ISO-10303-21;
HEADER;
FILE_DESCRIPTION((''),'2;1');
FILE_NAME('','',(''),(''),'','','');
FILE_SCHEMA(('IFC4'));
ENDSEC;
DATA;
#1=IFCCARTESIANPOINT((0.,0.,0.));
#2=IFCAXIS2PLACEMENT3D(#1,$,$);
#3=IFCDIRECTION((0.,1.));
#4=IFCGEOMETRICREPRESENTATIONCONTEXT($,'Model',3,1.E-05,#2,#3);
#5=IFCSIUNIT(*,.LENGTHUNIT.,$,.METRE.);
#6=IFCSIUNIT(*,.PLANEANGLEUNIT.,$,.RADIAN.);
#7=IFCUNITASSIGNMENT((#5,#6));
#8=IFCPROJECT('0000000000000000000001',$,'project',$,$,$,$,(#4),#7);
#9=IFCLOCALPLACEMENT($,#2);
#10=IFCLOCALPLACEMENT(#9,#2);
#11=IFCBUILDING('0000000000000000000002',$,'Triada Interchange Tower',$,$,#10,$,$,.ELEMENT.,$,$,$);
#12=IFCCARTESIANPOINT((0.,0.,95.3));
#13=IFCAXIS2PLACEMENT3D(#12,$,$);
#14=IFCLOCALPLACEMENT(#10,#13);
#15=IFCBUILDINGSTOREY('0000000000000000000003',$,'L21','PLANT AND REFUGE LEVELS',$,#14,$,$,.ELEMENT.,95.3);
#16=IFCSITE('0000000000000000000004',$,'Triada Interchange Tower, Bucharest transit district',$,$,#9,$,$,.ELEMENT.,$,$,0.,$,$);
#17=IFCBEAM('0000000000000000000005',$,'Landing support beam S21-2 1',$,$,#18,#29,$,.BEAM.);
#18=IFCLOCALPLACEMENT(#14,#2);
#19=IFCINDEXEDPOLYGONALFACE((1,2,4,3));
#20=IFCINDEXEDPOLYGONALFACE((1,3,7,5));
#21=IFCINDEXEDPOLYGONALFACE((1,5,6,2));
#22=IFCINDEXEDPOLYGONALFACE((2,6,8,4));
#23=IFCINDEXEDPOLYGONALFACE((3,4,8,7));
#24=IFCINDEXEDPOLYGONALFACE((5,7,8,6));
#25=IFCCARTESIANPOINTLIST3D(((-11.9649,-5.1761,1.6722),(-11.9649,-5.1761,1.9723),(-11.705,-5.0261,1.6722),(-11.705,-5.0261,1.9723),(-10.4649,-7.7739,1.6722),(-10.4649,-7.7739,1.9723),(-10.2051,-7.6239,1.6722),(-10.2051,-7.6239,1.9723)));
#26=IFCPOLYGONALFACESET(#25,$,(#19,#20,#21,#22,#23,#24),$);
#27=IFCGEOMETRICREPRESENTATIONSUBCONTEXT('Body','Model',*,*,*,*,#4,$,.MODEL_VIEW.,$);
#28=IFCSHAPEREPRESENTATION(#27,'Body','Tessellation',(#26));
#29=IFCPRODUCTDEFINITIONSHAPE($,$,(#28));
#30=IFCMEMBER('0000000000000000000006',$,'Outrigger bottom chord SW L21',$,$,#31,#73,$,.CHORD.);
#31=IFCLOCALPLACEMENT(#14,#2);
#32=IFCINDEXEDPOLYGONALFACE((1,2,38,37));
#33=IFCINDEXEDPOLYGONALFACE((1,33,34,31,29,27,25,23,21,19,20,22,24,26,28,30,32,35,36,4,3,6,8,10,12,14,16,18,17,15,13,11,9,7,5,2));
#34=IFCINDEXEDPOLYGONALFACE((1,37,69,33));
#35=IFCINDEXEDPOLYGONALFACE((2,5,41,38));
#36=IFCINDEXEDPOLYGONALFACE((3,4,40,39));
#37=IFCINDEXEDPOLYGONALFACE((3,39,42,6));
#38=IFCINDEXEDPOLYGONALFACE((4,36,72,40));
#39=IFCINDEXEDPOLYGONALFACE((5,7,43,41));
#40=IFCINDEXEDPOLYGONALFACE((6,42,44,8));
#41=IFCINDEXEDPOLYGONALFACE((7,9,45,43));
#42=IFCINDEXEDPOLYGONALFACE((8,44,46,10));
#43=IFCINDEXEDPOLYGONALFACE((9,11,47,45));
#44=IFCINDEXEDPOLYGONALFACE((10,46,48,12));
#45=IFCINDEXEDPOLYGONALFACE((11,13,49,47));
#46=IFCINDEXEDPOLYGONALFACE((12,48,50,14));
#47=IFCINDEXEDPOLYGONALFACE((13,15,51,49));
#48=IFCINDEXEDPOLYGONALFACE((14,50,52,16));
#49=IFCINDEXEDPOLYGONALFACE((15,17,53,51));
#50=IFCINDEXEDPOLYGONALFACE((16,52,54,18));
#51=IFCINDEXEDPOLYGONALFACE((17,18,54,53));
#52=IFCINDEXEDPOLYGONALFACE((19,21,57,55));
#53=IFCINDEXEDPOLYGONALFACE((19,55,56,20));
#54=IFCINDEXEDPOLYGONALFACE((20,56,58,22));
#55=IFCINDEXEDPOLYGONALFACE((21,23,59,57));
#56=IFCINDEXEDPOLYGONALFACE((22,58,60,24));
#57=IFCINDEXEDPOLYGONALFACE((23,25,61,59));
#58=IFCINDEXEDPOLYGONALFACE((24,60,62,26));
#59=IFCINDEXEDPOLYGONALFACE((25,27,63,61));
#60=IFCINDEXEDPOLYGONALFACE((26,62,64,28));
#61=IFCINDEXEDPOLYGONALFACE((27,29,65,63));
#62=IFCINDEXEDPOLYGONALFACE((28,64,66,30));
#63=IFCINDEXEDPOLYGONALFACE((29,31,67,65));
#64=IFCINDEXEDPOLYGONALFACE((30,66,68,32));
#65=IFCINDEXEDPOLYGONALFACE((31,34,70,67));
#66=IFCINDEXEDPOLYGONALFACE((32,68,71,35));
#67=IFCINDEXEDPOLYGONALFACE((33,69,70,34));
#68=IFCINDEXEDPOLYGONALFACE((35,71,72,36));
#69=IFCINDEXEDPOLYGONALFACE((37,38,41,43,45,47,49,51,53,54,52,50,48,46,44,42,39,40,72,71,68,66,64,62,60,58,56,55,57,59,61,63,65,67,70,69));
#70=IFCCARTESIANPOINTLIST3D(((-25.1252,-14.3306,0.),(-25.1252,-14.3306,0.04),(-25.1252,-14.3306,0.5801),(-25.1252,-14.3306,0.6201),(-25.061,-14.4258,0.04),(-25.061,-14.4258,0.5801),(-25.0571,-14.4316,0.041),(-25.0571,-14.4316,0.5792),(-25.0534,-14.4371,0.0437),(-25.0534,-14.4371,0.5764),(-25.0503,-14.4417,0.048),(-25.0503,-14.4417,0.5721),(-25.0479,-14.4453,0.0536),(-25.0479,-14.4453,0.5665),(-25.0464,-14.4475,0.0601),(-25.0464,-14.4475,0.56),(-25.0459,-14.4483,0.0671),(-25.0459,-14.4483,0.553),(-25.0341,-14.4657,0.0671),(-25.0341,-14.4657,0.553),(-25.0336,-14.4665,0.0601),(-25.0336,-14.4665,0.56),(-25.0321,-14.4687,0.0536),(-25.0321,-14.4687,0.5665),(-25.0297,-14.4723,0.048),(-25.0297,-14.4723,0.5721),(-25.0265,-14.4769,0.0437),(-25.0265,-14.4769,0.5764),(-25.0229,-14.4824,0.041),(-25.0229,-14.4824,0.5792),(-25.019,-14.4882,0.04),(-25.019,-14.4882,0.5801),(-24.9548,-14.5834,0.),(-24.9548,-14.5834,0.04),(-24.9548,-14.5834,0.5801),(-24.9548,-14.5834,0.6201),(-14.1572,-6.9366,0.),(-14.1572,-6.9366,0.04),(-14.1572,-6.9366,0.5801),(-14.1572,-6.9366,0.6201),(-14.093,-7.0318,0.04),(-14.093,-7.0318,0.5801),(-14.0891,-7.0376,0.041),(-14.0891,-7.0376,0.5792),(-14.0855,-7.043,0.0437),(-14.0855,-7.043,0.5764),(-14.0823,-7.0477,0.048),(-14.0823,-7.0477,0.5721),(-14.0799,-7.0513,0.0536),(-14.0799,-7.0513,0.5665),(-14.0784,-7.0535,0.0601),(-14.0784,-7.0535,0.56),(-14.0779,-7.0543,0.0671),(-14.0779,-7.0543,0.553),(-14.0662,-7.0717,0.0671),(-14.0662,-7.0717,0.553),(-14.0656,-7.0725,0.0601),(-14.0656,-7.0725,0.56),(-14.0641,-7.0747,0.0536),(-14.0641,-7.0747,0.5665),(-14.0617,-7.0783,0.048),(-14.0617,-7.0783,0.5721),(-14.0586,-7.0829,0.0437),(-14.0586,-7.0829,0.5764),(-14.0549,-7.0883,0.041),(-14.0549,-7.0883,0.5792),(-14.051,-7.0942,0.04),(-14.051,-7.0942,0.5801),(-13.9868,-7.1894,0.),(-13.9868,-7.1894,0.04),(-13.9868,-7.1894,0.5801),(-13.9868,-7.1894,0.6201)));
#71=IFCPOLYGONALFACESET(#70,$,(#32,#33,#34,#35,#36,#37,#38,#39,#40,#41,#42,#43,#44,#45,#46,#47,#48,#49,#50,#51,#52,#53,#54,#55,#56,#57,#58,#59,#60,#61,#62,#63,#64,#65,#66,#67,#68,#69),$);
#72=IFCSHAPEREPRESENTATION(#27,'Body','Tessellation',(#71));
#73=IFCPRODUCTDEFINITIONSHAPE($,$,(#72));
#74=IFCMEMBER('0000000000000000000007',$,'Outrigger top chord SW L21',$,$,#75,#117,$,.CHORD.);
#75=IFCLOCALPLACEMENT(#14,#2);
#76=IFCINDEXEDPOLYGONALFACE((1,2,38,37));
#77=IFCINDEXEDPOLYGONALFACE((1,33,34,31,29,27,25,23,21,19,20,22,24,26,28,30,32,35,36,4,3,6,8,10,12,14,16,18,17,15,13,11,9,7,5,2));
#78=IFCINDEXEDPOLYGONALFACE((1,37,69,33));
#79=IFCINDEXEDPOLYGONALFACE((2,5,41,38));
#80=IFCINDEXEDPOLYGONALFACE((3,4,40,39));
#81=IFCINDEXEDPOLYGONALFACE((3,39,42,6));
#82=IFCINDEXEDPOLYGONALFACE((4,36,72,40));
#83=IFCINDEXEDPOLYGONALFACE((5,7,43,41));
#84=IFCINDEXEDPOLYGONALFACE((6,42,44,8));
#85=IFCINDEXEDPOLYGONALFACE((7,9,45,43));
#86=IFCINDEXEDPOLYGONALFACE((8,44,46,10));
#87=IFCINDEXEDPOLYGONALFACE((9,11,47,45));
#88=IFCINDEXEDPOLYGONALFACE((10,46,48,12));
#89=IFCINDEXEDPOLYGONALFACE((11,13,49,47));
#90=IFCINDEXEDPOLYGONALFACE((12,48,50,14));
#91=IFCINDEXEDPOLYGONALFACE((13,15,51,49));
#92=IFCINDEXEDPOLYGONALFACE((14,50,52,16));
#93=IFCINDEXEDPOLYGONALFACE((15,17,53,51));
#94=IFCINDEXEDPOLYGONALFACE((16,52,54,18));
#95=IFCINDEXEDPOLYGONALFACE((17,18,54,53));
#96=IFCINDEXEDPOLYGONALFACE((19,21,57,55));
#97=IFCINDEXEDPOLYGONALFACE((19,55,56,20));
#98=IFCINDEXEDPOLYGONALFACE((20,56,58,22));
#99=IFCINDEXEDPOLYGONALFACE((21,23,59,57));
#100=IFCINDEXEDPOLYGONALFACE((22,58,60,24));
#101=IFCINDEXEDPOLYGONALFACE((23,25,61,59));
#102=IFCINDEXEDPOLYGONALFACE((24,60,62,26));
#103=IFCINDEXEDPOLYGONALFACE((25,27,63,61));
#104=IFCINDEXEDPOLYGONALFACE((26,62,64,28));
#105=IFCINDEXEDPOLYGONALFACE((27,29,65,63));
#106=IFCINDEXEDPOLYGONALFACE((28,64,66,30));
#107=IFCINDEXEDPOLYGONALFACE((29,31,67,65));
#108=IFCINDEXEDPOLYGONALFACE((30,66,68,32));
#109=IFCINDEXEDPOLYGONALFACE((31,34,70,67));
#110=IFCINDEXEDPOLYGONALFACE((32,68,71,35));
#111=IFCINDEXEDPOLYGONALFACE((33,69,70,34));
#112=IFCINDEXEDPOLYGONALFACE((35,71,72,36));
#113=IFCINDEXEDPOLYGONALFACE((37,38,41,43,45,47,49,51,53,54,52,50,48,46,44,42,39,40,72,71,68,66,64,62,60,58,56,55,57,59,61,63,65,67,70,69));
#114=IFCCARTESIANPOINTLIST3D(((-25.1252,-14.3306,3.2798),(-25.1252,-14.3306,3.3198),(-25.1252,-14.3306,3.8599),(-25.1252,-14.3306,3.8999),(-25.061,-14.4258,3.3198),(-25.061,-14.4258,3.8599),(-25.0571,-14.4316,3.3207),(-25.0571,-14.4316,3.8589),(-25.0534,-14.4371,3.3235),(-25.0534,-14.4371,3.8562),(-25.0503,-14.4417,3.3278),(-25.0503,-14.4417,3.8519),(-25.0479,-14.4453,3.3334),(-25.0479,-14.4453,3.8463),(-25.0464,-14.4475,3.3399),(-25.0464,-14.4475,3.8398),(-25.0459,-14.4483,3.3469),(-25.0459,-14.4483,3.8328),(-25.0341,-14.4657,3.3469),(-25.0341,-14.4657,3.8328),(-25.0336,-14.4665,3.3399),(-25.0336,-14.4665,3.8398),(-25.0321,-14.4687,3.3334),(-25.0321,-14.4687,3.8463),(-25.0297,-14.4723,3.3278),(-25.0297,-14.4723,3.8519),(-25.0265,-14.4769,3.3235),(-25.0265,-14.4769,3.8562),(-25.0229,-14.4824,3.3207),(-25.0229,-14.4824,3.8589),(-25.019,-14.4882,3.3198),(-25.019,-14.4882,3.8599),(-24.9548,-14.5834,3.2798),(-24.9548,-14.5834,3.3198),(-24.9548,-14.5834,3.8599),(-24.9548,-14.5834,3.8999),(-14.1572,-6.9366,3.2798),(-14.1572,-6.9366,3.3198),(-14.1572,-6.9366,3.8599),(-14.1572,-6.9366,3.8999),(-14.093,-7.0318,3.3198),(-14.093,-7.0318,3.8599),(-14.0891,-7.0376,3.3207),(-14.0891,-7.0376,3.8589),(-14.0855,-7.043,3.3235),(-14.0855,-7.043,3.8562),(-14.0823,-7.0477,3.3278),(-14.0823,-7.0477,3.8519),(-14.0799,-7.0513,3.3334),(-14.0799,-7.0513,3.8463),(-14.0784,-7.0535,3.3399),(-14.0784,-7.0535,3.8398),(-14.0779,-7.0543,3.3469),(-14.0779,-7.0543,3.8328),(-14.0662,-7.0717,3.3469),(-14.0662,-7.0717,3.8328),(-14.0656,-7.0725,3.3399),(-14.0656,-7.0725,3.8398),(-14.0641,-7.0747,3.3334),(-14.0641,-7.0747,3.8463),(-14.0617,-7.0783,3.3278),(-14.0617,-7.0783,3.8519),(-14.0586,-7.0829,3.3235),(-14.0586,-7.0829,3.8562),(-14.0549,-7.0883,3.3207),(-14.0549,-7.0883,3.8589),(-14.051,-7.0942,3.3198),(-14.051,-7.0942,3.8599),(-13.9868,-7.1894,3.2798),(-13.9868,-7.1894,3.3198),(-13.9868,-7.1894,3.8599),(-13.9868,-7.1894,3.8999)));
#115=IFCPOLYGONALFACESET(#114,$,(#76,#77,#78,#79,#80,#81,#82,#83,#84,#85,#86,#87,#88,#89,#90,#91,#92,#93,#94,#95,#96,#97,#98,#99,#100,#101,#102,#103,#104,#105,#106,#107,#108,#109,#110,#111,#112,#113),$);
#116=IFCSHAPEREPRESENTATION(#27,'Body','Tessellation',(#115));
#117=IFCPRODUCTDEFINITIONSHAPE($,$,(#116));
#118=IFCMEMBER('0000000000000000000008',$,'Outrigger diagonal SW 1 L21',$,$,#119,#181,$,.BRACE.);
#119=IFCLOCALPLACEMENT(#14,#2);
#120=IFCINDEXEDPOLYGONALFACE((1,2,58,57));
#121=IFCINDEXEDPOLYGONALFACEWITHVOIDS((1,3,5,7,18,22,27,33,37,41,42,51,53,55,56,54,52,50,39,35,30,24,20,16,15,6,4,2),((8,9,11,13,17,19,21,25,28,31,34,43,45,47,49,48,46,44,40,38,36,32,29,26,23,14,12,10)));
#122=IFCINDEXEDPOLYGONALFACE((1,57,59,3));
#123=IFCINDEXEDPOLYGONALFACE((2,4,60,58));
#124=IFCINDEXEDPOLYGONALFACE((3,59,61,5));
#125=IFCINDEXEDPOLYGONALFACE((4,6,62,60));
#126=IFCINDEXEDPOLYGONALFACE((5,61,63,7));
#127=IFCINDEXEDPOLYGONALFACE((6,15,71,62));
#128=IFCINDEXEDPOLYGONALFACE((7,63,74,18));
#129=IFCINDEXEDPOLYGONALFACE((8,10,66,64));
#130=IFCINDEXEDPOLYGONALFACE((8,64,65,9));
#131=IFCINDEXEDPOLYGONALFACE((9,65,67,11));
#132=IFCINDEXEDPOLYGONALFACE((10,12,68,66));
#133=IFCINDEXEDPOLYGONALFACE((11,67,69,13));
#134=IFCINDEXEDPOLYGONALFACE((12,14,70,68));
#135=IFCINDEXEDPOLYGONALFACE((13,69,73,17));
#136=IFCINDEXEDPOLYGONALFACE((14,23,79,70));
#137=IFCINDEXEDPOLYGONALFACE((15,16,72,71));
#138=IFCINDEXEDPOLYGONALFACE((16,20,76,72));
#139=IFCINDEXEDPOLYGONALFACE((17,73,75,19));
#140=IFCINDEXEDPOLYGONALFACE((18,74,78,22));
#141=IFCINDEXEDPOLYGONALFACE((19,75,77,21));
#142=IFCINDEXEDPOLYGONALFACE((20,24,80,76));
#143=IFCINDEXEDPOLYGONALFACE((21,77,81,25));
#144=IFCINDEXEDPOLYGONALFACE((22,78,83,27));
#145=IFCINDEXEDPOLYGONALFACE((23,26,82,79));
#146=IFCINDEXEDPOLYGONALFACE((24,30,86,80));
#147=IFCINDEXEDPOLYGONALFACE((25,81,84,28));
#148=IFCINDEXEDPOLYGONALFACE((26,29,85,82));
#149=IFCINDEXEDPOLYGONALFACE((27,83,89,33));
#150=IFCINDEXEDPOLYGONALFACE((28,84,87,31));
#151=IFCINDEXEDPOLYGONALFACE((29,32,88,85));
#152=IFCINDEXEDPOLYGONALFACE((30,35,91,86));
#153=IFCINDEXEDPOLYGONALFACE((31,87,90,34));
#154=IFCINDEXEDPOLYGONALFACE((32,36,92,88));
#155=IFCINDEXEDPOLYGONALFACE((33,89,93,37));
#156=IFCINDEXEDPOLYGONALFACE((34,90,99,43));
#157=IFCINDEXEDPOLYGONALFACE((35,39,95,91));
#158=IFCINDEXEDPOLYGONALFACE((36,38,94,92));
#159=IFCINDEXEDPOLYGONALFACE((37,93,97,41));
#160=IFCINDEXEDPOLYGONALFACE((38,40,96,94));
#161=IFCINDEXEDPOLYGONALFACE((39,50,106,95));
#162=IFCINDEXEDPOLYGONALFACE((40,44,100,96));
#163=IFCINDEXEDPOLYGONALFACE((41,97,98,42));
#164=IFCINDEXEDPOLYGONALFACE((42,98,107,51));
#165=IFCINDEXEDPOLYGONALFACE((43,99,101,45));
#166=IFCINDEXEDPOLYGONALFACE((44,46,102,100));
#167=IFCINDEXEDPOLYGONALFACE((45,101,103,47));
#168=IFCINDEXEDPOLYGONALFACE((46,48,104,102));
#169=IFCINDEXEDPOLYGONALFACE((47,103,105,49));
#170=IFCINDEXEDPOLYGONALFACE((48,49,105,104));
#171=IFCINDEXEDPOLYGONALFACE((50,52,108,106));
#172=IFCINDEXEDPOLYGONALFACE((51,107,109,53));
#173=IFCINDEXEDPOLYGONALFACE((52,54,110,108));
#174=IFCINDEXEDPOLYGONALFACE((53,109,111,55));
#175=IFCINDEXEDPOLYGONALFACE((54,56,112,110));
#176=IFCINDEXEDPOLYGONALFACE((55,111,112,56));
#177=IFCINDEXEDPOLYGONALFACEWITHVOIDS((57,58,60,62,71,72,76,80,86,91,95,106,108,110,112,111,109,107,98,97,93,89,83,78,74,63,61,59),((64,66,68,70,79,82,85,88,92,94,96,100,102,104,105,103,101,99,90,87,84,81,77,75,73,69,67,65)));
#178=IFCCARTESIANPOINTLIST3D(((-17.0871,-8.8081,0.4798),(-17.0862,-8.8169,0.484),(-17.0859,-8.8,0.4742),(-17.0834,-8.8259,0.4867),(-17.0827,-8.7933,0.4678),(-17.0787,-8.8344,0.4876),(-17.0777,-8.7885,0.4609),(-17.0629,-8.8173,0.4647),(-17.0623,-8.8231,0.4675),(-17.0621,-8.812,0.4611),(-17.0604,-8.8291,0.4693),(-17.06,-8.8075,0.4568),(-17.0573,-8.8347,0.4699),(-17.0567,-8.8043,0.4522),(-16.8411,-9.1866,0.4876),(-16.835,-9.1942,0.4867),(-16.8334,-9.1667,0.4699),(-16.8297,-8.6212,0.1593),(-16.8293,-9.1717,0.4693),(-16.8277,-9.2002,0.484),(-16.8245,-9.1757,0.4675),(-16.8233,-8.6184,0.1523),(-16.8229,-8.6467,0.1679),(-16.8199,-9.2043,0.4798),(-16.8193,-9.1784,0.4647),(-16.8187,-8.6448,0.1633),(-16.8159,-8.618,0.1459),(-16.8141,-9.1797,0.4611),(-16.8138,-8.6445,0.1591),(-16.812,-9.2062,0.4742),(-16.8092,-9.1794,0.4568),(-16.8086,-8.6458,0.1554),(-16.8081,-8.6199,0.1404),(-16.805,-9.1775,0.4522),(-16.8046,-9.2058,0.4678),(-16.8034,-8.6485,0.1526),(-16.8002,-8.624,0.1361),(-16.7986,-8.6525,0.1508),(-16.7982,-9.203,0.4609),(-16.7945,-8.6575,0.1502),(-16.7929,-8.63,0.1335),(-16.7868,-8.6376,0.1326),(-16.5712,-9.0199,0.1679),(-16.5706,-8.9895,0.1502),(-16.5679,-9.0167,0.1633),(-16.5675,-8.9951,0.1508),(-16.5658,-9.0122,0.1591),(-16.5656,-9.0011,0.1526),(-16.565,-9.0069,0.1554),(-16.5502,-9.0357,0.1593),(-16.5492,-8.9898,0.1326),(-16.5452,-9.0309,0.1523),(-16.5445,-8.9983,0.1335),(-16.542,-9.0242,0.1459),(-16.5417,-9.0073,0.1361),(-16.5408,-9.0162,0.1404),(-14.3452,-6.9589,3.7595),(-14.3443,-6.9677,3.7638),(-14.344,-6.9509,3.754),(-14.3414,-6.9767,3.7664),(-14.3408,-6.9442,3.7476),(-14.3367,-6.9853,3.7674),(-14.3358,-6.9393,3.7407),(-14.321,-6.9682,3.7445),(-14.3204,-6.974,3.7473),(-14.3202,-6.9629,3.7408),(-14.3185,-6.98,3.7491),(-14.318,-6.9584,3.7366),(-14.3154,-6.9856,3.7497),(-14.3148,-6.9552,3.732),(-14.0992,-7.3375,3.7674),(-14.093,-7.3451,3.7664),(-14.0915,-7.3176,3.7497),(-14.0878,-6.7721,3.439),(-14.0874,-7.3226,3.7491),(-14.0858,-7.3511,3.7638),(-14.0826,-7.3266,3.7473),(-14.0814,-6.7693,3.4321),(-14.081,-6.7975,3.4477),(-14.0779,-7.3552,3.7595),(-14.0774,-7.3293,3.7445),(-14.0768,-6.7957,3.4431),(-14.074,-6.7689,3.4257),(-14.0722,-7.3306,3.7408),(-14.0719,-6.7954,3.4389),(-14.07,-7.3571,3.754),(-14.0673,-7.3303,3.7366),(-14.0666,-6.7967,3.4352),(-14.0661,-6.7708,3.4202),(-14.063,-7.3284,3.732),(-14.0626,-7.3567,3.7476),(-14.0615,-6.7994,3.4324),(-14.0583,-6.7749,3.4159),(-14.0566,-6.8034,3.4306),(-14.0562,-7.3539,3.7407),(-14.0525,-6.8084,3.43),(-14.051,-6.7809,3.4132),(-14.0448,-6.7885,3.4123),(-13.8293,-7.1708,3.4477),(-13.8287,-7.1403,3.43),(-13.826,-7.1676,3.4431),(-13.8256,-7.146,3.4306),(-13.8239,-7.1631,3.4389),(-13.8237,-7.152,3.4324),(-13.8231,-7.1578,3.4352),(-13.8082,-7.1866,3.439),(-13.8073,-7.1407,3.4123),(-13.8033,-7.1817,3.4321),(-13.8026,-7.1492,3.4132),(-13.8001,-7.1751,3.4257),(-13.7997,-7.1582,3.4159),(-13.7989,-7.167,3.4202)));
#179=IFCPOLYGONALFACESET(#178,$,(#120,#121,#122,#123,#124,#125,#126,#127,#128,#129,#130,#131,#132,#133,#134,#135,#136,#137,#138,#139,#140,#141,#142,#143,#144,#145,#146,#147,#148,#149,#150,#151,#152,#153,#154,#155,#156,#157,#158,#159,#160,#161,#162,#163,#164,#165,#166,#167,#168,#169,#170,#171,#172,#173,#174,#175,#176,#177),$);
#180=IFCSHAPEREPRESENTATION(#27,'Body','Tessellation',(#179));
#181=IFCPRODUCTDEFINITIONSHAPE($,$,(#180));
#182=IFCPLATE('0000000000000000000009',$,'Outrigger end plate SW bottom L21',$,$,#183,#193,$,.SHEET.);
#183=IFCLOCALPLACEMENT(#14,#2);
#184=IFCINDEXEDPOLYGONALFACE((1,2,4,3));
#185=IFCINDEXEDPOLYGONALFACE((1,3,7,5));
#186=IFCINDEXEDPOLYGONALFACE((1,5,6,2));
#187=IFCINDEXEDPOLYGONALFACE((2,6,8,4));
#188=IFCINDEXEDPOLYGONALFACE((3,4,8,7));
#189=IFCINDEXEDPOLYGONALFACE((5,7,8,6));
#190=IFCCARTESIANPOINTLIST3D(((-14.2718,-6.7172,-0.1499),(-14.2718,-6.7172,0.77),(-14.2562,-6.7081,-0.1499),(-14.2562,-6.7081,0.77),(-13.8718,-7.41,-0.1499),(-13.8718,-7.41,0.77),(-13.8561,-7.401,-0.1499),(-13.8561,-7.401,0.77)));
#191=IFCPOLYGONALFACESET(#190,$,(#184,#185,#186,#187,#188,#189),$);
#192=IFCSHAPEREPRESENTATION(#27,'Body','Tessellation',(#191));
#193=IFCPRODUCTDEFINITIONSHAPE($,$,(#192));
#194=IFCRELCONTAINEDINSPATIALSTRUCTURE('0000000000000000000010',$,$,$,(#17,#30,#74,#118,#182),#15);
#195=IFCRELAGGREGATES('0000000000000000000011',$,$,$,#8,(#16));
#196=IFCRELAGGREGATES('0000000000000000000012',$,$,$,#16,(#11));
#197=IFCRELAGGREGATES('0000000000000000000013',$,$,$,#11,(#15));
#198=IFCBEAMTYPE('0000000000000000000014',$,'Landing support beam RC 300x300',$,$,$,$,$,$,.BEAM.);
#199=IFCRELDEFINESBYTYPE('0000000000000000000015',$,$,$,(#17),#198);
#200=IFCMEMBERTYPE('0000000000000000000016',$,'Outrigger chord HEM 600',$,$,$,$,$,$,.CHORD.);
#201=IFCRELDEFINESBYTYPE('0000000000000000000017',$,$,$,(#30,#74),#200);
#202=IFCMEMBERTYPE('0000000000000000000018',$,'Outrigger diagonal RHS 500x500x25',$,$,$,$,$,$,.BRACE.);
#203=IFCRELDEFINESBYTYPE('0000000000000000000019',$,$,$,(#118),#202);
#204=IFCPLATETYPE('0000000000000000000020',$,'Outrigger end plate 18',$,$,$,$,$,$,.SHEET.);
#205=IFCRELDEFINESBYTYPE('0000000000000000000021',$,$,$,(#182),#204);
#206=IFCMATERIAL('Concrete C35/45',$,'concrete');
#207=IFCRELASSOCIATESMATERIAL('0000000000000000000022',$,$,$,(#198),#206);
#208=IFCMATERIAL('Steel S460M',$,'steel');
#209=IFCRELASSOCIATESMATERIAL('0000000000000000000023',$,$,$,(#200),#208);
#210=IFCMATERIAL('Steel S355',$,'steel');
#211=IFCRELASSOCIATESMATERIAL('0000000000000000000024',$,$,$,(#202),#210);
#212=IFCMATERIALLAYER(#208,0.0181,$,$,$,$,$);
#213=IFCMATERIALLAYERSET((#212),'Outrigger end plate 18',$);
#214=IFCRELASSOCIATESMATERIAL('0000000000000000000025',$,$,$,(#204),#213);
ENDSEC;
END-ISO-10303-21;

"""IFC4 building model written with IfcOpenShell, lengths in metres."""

from ifc_helpers import new_model, si_unit, direction, frame, origin, origin_2d, place, context, subcontext, project, spatial, rectangle, hollow_rectangle, i_section, extrude, material, layer, layer_set, material_profile, profile_set, type_object, element, save


model = new_model("IFC4")

# Units and contexts
model_context = context("Model", 3, precision=1e-05, world=origin(), true_north=direction((0.0, 1.0)))
body_context = subcontext(model_context, "Body", "Model", "MODEL_VIEW")
ifc_project = project(units=[si_unit("LENGTHUNIT", "METRE"), si_unit("PLANEANGLEUNIT", "RADIAN")], contexts=[model_context])

# Site, building, storey
site_placement = place(None, origin())
site = spatial("IfcSite", under=ifc_project, at=site_placement, Name="Triada Interchange Tower, Bucharest transit district", CompositionType="ELEMENT", RefElevation=0.0)
building_placement = place(site_placement, origin())
building = spatial("IfcBuilding", under=site, at=building_placement, Name="Triada Interchange Tower", CompositionType="ELEMENT")
storey_placement = place(building_placement, frame((0.0, 0.0, 95.3)))
storey = spatial("IfcBuildingStorey", under=building, at=storey_placement, Name="L21", Description="PLANT AND REFUGE LEVELS", CompositionType="ELEMENT", Elevation=95.3)

# Beam
ifc_material_1 = material(Name="Concrete C35/45", Category="concrete")
ifc_material_profile_1 = material_profile(ifc_material_1, rectangle(XDim=0.3, YDim=0.3, at=origin_2d()), Name="RC 300x300")
ifc_profile_set_1 = profile_set([ifc_material_profile_1], Name="Concrete C35/45")
beam_type = type_object("IfcBeamType", Name="Landing support beam RC 300x300", PredefinedType="BEAM", material=ifc_profile_set_1)
beam_placement = place(storey_placement, frame((-11.835, -5.1011, 1.8223), z_axis=(0.500025, -0.866011, 0.0), x_axis=(0.866011, 0.500025, 0.0)))
element("IfcBeam", 1, at=beam_placement, inside=storey, type_object=beam_type, Name="Landing support beam S21-2 1", PredefinedType="BEAM", context=body_context, shape_type="SweptSolid", body=[
    extrude(rectangle(XDim=0.3, YDim=0.3, at=origin_2d()), origin(), (0.0, 0.0, 1.0), 2.9998),
])

# Members
ifc_material_2 = material(Name="Steel S460M", Category="steel")
ifc_material_profile_2 = material_profile(ifc_material_2, i_section(OverallWidth=0.3049, OverallDepth=0.6201, WebThickness=0.021, FlangeThickness=0.04, FilletRadius=0.0271, at=origin_2d()), Name="HEM 600")
ifc_profile_set_2 = profile_set([ifc_material_profile_2], Name="Steel S460M")
member_type_1 = type_object("IfcMemberType", Name="Outrigger chord HEM 600", PredefinedType="CHORD", material=ifc_profile_set_2)
for number, where, z_axis, x_axis, name in (
    (2, (-14.072, -7.063, 0.3101), (-0.829177, -0.558986, 0.0), (0.558986, -0.829177, 0.0), "Outrigger bottom chord SW L21"),
    (3, (-14.072, -7.063, 3.5898), (-0.829177, -0.558986, 0.0), (0.558986, -0.829177, 0.0), "Outrigger top chord SW L21"),
):
    element("IfcMember", number, at=place(storey_placement, frame(where, z_axis=z_axis, x_axis=x_axis)), inside=storey, type_object=member_type_1, Name=name, PredefinedType="CHORD", context=body_context, shape_type="SweptSolid", body=[
        extrude(i_section(OverallWidth=0.3049, OverallDepth=0.6201, WebThickness=0.021, FlangeThickness=0.04, FilletRadius=0.0271, at=origin_2d()), origin(), (0.0, 0.0, 1.0), 13.2275),
    ])
ifc_material_3 = material(Name="Steel S355", Category="steel")
ifc_material_profile_3 = material_profile(ifc_material_3, hollow_rectangle(XDim=0.5, YDim=0.5, WallThickness=0.0249, InnerFilletRadius=0.0249, OuterFilletRadius=0.0376, at=origin_2d()), Name="RHS 500x500x25")
ifc_profile_set_3 = profile_set([ifc_material_profile_3], Name="Steel S355")
member_type_2 = type_object("IfcMemberType", Name="Outrigger diagonal RHS 500x500x25", PredefinedType="BRACE", material=ifc_profile_set_3)
member_placement = place(storey_placement, frame((-14.072, -7.063, 3.5898), z_axis=(-0.588686, -0.397, -0.704159), x_axis=(0.559122, -0.829086, 0.0)))
element("IfcMember", 4, at=member_placement, inside=storey, type_object=member_type_2, Name="Outrigger diagonal SW 1 L21", PredefinedType="BRACE", context=body_context, shape_type="SweptSolid", body=[
    extrude(hollow_rectangle(XDim=0.5, YDim=0.5, WallThickness=0.0249, InnerFilletRadius=0.0249, OuterFilletRadius=0.0376, at=origin_2d()), origin(), (0.0, 0.0, 1.0), 4.6577),
])

# Plate
ifc_layer_1 = layer(ifc_material_2, 0.0181)
ifc_layer_set_1 = layer_set([ifc_layer_1], Name="Outrigger end plate 18")
plate_type = type_object("IfcPlateType", Name="Outrigger end plate 18", PredefinedType="SHEET", material=ifc_layer_set_1)
for number, where, z_axis, x_axis, name in (
    (5, (-14.064, -7.0591, -0.1499), (0.0, 0.0, 1.0), (-0.866025, -0.5, 0.0), "Outrigger end plate SW bottom L21"),
):
    element("IfcPlate", number, at=place(storey_placement, frame(where, z_axis=z_axis, x_axis=x_axis)), inside=storey, type_object=plate_type, Name=name, PredefinedType="SHEET", context=body_context, shape_type="SweptSolid", body=[
        extrude(rectangle(XDim=0.0181, YDim=0.8, at=origin_2d()), origin(), (0.0, 0.0, 1.0), 0.9199),
    ])

save(model, "model.ifc")
